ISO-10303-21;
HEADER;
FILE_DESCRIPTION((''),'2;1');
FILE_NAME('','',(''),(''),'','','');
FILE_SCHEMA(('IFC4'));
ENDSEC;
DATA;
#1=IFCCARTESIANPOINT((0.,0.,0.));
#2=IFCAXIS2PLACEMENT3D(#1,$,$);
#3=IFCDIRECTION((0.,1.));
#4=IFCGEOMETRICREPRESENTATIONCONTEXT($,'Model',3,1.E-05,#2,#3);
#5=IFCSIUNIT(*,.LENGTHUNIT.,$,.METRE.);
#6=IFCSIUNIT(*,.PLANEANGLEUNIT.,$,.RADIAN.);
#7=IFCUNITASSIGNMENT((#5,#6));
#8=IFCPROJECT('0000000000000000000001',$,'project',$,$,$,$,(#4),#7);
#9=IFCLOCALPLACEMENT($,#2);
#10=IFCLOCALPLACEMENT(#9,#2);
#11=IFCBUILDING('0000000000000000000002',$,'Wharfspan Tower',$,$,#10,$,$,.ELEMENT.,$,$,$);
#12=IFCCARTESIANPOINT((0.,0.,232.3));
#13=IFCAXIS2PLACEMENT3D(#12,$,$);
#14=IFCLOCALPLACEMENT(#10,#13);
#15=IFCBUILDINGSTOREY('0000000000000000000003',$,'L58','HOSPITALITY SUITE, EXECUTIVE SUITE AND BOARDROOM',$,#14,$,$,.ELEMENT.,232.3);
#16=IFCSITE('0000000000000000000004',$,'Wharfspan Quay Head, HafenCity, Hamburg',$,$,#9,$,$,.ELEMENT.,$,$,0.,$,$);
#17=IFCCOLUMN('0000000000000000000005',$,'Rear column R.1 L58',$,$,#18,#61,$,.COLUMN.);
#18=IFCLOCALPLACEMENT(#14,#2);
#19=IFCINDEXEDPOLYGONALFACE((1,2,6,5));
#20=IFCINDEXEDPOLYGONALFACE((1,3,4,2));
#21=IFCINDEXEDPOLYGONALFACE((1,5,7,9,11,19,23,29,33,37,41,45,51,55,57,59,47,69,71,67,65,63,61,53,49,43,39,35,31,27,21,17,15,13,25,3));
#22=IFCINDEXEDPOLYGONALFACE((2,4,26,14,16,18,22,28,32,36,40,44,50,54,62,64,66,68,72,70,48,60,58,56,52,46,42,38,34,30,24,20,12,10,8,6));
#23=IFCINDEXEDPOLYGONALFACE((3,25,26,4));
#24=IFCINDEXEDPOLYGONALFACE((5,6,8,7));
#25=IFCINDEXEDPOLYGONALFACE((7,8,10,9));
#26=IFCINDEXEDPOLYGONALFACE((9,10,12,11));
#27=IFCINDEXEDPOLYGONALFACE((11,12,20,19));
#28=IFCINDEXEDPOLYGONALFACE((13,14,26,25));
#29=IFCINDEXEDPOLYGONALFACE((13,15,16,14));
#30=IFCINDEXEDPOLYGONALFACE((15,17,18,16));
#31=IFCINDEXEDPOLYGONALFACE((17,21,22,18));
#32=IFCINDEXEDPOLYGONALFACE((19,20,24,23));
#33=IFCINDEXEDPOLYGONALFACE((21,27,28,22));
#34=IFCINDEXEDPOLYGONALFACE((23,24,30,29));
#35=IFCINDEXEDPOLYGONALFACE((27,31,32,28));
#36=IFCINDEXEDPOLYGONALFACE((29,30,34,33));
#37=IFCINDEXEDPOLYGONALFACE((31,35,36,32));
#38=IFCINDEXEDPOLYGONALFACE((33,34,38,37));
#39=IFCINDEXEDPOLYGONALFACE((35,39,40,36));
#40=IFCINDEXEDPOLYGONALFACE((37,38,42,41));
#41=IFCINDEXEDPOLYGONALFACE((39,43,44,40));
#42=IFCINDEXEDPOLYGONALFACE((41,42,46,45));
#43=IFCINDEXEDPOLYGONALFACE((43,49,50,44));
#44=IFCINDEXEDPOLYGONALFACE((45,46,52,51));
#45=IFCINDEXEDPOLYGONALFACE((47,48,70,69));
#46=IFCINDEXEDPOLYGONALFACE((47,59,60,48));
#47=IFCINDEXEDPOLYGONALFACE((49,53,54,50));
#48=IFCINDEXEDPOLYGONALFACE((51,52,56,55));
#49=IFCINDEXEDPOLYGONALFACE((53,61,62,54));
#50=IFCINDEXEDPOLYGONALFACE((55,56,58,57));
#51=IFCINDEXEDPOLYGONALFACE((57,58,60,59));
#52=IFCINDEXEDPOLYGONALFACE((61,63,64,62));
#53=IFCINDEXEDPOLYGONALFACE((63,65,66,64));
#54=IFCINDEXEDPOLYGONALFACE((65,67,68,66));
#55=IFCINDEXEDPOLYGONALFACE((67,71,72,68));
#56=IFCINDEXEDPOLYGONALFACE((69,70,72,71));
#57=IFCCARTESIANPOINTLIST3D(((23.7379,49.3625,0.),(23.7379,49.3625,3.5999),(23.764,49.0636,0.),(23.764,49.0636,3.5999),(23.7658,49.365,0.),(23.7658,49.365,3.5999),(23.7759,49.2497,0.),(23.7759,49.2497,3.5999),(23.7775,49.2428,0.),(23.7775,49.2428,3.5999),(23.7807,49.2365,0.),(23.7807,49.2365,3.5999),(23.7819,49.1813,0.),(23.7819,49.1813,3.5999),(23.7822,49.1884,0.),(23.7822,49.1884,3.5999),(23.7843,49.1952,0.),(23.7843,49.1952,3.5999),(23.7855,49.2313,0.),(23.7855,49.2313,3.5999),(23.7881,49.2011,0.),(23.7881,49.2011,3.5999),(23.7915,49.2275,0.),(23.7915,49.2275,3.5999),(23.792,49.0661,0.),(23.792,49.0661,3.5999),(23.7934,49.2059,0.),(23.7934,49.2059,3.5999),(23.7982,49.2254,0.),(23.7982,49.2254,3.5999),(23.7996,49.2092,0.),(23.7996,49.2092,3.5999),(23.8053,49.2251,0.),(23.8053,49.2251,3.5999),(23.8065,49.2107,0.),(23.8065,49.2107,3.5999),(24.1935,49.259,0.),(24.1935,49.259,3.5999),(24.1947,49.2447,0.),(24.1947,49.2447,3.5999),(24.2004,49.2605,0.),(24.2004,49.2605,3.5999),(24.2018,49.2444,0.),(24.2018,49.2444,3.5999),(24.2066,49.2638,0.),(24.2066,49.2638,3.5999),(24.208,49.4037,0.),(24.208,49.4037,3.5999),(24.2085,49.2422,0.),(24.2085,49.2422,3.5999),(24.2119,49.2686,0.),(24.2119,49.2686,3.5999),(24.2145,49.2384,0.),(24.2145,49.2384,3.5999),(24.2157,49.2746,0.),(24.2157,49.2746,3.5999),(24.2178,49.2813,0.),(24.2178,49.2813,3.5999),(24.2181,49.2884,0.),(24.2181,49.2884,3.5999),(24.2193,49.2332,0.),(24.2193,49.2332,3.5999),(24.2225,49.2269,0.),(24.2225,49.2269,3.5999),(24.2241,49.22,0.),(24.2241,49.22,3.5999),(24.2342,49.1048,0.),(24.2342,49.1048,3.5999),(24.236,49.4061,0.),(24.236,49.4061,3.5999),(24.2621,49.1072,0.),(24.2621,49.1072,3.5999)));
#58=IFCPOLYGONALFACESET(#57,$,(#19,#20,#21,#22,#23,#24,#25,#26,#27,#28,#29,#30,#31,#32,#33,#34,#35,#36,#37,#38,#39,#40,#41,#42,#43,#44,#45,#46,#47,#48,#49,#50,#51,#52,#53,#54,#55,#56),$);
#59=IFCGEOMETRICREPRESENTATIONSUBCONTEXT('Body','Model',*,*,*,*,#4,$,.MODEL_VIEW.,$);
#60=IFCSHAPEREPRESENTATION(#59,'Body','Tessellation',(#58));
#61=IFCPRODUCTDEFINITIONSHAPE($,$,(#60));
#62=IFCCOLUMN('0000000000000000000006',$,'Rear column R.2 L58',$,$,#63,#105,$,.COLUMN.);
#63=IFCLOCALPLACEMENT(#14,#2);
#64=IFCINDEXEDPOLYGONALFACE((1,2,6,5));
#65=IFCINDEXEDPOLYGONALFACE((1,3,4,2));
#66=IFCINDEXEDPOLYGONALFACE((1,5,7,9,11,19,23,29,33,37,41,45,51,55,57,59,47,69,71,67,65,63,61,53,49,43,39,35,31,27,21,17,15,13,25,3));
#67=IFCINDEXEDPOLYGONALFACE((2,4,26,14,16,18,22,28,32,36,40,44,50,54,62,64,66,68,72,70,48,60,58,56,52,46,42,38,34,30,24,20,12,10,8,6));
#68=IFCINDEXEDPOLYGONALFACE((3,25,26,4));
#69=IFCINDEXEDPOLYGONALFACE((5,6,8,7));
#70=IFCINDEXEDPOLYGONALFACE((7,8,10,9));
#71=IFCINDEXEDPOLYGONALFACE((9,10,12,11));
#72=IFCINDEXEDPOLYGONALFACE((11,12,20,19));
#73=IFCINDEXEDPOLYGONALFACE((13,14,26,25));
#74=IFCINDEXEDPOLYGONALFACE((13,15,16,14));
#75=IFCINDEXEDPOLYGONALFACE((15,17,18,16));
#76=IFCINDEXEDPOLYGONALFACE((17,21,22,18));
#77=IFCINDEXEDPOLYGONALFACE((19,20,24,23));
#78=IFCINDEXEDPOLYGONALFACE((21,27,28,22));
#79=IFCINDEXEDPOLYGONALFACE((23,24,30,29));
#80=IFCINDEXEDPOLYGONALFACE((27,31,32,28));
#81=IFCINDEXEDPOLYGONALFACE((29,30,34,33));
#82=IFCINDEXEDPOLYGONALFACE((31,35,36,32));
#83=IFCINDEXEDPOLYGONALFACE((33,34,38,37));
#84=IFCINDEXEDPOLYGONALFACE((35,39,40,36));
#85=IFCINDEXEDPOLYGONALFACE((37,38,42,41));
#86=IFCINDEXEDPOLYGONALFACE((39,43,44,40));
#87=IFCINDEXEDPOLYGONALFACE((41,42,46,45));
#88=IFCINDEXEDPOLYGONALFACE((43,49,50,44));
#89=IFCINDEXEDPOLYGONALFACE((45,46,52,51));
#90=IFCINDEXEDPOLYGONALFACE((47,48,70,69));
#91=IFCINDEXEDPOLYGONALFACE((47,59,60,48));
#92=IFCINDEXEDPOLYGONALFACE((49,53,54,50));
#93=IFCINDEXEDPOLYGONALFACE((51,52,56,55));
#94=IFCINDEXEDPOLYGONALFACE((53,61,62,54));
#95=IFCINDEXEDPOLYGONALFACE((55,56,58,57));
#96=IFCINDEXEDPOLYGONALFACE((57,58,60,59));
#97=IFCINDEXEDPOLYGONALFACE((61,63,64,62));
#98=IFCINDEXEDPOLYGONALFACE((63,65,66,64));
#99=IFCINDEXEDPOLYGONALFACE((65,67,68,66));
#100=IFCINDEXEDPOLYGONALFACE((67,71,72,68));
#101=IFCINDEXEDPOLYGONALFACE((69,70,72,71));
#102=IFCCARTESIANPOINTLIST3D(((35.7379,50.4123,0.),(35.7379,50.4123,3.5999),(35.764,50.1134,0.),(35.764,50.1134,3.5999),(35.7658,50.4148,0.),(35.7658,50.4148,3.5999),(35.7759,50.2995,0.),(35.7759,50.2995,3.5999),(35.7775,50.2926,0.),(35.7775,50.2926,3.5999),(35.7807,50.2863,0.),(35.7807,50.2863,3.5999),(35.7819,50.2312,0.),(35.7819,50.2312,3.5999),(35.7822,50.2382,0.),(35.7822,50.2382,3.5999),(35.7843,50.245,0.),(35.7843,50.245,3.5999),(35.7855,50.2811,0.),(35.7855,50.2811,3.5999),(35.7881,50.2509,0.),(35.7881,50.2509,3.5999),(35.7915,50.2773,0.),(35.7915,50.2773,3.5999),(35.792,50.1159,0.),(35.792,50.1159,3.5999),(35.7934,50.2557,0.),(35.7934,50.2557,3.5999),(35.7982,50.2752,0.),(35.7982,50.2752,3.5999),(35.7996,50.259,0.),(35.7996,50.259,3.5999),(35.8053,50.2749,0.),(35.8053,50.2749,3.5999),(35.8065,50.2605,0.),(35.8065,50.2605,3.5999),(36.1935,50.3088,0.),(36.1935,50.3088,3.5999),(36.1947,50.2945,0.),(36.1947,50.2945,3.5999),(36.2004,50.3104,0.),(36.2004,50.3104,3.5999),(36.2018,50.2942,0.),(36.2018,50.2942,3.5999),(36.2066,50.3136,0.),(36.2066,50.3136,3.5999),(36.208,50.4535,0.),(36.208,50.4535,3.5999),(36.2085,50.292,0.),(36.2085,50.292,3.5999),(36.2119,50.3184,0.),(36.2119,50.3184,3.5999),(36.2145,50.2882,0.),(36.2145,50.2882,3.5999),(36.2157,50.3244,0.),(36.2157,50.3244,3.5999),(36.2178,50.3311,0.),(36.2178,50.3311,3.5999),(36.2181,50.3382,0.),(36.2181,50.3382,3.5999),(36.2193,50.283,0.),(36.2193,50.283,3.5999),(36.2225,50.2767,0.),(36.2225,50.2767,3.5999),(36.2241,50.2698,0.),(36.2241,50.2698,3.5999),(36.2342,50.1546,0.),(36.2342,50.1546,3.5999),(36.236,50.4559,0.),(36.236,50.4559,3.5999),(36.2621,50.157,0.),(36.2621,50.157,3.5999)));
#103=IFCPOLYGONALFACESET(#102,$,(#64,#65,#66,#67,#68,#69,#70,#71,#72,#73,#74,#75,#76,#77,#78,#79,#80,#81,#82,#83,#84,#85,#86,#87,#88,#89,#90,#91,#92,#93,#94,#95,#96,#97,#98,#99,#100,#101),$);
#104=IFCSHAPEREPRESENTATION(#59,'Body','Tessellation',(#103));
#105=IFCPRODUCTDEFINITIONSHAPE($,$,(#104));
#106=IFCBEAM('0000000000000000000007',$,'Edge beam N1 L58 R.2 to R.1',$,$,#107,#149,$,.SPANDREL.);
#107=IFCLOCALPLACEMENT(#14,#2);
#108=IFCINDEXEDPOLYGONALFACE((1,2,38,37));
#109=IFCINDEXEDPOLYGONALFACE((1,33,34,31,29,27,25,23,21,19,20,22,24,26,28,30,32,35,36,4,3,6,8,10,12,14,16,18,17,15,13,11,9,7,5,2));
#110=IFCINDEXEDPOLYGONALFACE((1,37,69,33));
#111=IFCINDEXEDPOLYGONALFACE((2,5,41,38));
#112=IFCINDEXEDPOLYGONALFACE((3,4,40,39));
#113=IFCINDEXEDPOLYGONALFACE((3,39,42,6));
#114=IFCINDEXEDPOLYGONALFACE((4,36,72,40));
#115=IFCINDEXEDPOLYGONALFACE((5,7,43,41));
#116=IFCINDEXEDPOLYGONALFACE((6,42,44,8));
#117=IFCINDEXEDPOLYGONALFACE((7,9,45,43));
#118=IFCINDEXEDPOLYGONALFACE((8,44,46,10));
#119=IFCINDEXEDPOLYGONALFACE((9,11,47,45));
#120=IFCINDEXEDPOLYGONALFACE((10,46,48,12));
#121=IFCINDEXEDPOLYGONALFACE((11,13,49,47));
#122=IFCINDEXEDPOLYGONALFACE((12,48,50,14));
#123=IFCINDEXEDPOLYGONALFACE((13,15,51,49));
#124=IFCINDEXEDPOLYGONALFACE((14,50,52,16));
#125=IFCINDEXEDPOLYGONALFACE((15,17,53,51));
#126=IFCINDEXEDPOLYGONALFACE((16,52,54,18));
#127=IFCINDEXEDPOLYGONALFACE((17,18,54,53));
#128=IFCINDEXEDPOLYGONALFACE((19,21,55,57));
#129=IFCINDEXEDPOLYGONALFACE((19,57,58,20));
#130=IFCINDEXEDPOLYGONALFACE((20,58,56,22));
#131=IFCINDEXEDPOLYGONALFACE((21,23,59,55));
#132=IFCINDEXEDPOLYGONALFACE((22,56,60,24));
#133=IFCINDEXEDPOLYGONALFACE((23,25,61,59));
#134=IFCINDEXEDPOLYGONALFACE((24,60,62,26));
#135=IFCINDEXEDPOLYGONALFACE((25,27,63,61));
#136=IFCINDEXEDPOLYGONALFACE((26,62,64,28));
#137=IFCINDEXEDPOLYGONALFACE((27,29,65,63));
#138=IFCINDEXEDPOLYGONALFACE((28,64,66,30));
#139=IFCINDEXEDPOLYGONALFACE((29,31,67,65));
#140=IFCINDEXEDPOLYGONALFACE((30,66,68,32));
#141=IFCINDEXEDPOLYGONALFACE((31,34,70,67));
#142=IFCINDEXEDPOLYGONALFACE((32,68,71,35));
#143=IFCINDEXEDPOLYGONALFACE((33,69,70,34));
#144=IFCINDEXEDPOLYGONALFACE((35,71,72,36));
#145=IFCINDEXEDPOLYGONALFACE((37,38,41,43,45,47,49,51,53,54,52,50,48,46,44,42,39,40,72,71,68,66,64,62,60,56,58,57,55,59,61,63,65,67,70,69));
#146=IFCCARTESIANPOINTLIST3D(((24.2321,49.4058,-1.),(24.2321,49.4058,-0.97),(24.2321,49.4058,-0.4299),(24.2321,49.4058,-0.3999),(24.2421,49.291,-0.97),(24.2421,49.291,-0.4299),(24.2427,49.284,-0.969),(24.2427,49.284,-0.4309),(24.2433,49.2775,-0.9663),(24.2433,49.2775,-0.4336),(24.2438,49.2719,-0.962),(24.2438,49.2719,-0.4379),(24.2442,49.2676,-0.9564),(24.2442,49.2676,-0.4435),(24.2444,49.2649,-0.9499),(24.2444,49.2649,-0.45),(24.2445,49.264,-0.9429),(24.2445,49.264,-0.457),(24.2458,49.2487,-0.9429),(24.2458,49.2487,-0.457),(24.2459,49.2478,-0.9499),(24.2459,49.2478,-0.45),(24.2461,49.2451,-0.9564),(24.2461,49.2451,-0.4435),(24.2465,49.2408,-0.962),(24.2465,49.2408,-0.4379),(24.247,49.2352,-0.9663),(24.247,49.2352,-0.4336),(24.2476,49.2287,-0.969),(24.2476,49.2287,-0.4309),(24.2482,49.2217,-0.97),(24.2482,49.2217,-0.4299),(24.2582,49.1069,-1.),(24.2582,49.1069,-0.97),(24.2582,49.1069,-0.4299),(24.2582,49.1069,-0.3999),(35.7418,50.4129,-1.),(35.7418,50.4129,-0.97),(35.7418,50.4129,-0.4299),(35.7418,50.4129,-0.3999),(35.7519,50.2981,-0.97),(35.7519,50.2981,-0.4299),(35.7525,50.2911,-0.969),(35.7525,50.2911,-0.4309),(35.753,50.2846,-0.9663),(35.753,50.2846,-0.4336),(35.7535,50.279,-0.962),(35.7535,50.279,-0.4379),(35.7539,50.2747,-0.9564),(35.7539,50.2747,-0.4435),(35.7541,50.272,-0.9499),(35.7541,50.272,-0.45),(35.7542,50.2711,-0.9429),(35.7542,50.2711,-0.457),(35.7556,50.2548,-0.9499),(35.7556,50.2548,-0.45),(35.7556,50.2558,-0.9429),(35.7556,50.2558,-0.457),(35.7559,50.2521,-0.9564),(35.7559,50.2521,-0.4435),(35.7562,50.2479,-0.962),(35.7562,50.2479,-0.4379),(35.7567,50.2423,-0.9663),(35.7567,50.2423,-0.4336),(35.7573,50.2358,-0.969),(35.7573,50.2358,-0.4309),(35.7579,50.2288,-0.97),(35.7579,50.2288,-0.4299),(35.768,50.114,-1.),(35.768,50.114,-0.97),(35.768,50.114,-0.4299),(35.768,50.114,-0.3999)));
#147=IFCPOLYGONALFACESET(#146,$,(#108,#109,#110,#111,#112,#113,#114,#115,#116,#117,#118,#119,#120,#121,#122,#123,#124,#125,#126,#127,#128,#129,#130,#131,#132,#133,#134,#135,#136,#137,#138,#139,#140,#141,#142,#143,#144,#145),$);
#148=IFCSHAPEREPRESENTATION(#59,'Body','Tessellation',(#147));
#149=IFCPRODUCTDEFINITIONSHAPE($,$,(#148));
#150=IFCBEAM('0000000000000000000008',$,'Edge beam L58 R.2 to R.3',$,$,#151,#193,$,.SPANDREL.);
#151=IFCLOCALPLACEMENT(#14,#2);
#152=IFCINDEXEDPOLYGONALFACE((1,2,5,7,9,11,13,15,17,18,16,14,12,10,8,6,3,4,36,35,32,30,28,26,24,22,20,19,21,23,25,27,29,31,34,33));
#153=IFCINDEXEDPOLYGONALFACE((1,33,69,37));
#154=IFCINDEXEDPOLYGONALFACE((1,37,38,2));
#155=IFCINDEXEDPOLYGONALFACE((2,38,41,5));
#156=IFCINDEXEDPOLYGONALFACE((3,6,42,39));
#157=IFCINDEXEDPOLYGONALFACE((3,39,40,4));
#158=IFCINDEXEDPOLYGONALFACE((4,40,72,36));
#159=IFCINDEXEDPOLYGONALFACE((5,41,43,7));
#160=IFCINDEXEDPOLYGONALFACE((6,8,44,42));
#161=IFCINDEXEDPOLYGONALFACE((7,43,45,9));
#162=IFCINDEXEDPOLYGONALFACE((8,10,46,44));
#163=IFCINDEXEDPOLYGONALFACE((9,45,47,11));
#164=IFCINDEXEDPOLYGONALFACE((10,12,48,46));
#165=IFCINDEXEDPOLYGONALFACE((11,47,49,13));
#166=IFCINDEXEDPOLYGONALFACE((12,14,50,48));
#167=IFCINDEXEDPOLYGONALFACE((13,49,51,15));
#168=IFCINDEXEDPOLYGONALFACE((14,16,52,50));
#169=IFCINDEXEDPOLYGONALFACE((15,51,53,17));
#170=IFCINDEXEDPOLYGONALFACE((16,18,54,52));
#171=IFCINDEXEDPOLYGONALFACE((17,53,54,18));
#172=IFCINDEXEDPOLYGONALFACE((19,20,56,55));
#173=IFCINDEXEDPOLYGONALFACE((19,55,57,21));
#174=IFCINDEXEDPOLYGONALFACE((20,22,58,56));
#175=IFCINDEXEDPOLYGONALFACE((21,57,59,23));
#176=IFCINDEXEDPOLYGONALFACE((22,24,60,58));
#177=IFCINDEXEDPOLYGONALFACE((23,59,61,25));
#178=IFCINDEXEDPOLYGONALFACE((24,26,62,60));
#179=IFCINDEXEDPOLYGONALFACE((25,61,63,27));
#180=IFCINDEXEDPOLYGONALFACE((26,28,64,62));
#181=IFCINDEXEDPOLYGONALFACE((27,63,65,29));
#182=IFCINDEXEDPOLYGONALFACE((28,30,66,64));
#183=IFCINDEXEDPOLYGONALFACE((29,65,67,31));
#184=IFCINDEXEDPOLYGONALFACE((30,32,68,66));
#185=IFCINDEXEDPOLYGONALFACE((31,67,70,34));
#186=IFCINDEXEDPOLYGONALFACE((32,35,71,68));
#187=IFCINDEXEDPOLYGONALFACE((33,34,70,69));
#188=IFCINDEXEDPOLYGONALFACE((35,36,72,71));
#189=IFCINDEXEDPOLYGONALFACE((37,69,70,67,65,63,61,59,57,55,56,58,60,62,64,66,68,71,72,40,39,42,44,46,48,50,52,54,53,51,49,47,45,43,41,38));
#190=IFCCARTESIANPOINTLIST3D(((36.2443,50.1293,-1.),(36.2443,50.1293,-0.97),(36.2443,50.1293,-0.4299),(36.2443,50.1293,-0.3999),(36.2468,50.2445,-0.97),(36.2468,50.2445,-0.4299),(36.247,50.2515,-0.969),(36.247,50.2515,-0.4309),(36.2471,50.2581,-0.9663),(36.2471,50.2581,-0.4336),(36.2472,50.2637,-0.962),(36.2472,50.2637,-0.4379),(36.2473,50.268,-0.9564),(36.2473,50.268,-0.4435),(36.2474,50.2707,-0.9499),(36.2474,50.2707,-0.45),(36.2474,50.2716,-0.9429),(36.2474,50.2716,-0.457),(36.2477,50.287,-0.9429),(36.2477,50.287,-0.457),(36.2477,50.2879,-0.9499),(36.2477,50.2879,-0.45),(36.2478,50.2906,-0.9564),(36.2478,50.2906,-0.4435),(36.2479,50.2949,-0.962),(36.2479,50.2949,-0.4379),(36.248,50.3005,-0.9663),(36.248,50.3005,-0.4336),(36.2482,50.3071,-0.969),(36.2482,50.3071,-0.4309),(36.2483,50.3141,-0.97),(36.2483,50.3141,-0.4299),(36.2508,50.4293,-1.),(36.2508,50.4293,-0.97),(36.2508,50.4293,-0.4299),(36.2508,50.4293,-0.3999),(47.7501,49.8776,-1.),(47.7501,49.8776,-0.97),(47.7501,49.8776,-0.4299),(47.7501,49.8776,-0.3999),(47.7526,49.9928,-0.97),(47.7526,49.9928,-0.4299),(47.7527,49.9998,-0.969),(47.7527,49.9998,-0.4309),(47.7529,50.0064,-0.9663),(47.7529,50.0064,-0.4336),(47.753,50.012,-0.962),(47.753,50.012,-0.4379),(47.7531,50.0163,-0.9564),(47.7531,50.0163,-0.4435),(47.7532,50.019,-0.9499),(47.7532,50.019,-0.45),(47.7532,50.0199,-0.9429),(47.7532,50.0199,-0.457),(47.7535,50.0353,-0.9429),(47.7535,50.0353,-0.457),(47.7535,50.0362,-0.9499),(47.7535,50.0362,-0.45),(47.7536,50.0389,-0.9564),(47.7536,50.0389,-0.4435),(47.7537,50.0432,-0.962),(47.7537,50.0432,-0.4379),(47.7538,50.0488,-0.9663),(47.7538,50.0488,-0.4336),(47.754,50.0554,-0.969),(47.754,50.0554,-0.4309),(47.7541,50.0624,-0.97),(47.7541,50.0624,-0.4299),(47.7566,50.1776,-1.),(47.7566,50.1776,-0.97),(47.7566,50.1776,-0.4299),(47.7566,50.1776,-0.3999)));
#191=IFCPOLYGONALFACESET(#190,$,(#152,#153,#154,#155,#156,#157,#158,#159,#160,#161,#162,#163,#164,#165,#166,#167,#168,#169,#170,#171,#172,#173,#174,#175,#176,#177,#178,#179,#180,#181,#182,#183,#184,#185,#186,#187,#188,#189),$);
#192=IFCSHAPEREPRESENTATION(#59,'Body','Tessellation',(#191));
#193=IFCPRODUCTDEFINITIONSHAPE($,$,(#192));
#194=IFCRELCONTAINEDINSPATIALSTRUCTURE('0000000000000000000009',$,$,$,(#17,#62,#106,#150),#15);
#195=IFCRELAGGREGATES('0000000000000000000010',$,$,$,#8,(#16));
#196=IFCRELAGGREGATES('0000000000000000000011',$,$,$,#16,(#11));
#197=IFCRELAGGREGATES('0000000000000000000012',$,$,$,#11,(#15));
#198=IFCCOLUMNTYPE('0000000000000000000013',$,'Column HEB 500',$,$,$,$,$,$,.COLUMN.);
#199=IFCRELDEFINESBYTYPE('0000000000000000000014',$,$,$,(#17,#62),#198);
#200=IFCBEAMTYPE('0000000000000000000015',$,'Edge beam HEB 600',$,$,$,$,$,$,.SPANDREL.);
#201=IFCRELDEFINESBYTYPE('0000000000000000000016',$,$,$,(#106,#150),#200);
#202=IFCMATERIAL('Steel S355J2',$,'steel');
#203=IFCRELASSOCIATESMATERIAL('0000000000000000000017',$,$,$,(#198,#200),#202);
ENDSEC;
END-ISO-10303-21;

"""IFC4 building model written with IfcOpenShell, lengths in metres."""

from ifc_helpers import new_model, si_unit, direction, frame, origin, origin_2d, place, context, subcontext, project, spatial, i_section, extrude, material, material_profile, profile_set, type_object, element, save


model = new_model("IFC4")

# Units and contexts
model_context = context("Model", 3, precision=1e-05, world=origin(), true_north=direction((0.0, 1.0)))
body_context = subcontext(model_context, "Body", "Model", "MODEL_VIEW")
ifc_project = project(units=[si_unit("LENGTHUNIT", "METRE"), si_unit("PLANEANGLEUNIT", "RADIAN")], contexts=[model_context])

# Site, building, storey
site_placement = place(None, origin())
site = spatial("IfcSite", under=ifc_project, at=site_placement, Name="Wharfspan Quay Head, HafenCity, Hamburg", CompositionType="ELEMENT", RefElevation=0.0)
building_placement = place(site_placement, origin())
building = spatial("IfcBuilding", under=site, at=building_placement, Name="Wharfspan Tower", CompositionType="ELEMENT")
storey_placement = place(building_placement, frame((0.0, 0.0, 232.3)))
storey = spatial("IfcBuildingStorey", under=building, at=storey_placement, Name="L58", Description="HOSPITALITY SUITE, EXECUTIVE SUITE AND BOARDROOM", CompositionType="ELEMENT", Elevation=232.3)

# Columns
ifc_material_1 = material(Name="Steel S355J2", Category="steel")
ifc_material_profile_1 = material_profile(ifc_material_1, i_section(OverallWidth=0.3, OverallDepth=0.5, WebThickness=0.0144, FlangeThickness=0.0281, FilletRadius=0.0271, at=origin_2d()))
ifc_profile_set_1 = profile_set([ifc_material_profile_1], Name="Steel S355J2")
column_type = type_object("IfcColumnType", Name="Column HEB 500", PredefinedType="COLUMN", material=ifc_profile_set_1)
for number, where, z_axis, x_axis, name in (
    (1, (24.0, 49.2349, 0.0), (0.0, 0.0, 1.0), (-0.087156, 0.996197, 0.0), "Rear column R.1 L58"),
    (2, (36.0, 50.2847, 0.0), (0.0, 0.0, 1.0), (-0.087156, 0.996197, 0.0), "Rear column R.2 L58"),
):
    element("IfcColumn", number, at=place(storey_placement, frame(where, z_axis=z_axis, x_axis=x_axis)), inside=storey, type_object=column_type, Name=name, PredefinedType="COLUMN", context=body_context, shape_type="SweptSolid", body=[
        extrude(i_section(OverallWidth=0.3, OverallDepth=0.5, WebThickness=0.0144, FlangeThickness=0.0281, FilletRadius=0.0271, at=origin_2d()), origin(), (0.0, 0.0, 1.0), 3.5999),
    ])

# Beams
ifc_material_profile_2 = material_profile(ifc_material_1, i_section(OverallWidth=0.3, OverallDepth=0.6001, WebThickness=0.0154, FlangeThickness=0.03, FilletRadius=0.0271, at=origin_2d()))
ifc_profile_set_2 = profile_set([ifc_material_profile_2], Name="Steel S355J2")
beam_type = type_object("IfcBeamType", Name="Edge beam HEB 600", PredefinedType="SPANDREL", material=ifc_profile_set_2)
beam_1_placement = place(storey_placement, frame((35.7549, 50.2634, -0.7), z_axis=(-0.996194, -0.087165, 0.0), x_axis=(0.087165, -0.996194, 0.0)))
element("IfcBeam", 3, at=beam_1_placement, inside=storey, type_object=beam_type, Name="Edge beam N1 L58 R.2 to R.1", PredefinedType="SPANDREL", context=body_context, shape_type="SweptSolid", body=[
    extrude(i_section(OverallWidth=0.3, OverallDepth=0.6001, WebThickness=0.0154, FlangeThickness=0.03, FilletRadius=0.0271, at=origin_2d()), origin(), (0.0, 0.0, 1.0), 11.5537),
])
beam_2_placement = place(storey_placement, frame((36.2476, 50.2793, -0.7), z_axis=(0.999761, -0.021871, 0.0), x_axis=(0.021871, 0.999761, 0.0)))
element("IfcBeam", 4, at=beam_2_placement, inside=storey, type_object=beam_type, Name="Edge beam L58 R.2 to R.3", PredefinedType="SPANDREL", context=body_context, shape_type="SweptSolid", body=[
    extrude(i_section(OverallWidth=0.3, OverallDepth=0.6001, WebThickness=0.0154, FlangeThickness=0.03, FilletRadius=0.0271, at=origin_2d()), origin(), (0.0, 0.0, 1.0), 11.5085),
])

save(model, "model.ifc")
